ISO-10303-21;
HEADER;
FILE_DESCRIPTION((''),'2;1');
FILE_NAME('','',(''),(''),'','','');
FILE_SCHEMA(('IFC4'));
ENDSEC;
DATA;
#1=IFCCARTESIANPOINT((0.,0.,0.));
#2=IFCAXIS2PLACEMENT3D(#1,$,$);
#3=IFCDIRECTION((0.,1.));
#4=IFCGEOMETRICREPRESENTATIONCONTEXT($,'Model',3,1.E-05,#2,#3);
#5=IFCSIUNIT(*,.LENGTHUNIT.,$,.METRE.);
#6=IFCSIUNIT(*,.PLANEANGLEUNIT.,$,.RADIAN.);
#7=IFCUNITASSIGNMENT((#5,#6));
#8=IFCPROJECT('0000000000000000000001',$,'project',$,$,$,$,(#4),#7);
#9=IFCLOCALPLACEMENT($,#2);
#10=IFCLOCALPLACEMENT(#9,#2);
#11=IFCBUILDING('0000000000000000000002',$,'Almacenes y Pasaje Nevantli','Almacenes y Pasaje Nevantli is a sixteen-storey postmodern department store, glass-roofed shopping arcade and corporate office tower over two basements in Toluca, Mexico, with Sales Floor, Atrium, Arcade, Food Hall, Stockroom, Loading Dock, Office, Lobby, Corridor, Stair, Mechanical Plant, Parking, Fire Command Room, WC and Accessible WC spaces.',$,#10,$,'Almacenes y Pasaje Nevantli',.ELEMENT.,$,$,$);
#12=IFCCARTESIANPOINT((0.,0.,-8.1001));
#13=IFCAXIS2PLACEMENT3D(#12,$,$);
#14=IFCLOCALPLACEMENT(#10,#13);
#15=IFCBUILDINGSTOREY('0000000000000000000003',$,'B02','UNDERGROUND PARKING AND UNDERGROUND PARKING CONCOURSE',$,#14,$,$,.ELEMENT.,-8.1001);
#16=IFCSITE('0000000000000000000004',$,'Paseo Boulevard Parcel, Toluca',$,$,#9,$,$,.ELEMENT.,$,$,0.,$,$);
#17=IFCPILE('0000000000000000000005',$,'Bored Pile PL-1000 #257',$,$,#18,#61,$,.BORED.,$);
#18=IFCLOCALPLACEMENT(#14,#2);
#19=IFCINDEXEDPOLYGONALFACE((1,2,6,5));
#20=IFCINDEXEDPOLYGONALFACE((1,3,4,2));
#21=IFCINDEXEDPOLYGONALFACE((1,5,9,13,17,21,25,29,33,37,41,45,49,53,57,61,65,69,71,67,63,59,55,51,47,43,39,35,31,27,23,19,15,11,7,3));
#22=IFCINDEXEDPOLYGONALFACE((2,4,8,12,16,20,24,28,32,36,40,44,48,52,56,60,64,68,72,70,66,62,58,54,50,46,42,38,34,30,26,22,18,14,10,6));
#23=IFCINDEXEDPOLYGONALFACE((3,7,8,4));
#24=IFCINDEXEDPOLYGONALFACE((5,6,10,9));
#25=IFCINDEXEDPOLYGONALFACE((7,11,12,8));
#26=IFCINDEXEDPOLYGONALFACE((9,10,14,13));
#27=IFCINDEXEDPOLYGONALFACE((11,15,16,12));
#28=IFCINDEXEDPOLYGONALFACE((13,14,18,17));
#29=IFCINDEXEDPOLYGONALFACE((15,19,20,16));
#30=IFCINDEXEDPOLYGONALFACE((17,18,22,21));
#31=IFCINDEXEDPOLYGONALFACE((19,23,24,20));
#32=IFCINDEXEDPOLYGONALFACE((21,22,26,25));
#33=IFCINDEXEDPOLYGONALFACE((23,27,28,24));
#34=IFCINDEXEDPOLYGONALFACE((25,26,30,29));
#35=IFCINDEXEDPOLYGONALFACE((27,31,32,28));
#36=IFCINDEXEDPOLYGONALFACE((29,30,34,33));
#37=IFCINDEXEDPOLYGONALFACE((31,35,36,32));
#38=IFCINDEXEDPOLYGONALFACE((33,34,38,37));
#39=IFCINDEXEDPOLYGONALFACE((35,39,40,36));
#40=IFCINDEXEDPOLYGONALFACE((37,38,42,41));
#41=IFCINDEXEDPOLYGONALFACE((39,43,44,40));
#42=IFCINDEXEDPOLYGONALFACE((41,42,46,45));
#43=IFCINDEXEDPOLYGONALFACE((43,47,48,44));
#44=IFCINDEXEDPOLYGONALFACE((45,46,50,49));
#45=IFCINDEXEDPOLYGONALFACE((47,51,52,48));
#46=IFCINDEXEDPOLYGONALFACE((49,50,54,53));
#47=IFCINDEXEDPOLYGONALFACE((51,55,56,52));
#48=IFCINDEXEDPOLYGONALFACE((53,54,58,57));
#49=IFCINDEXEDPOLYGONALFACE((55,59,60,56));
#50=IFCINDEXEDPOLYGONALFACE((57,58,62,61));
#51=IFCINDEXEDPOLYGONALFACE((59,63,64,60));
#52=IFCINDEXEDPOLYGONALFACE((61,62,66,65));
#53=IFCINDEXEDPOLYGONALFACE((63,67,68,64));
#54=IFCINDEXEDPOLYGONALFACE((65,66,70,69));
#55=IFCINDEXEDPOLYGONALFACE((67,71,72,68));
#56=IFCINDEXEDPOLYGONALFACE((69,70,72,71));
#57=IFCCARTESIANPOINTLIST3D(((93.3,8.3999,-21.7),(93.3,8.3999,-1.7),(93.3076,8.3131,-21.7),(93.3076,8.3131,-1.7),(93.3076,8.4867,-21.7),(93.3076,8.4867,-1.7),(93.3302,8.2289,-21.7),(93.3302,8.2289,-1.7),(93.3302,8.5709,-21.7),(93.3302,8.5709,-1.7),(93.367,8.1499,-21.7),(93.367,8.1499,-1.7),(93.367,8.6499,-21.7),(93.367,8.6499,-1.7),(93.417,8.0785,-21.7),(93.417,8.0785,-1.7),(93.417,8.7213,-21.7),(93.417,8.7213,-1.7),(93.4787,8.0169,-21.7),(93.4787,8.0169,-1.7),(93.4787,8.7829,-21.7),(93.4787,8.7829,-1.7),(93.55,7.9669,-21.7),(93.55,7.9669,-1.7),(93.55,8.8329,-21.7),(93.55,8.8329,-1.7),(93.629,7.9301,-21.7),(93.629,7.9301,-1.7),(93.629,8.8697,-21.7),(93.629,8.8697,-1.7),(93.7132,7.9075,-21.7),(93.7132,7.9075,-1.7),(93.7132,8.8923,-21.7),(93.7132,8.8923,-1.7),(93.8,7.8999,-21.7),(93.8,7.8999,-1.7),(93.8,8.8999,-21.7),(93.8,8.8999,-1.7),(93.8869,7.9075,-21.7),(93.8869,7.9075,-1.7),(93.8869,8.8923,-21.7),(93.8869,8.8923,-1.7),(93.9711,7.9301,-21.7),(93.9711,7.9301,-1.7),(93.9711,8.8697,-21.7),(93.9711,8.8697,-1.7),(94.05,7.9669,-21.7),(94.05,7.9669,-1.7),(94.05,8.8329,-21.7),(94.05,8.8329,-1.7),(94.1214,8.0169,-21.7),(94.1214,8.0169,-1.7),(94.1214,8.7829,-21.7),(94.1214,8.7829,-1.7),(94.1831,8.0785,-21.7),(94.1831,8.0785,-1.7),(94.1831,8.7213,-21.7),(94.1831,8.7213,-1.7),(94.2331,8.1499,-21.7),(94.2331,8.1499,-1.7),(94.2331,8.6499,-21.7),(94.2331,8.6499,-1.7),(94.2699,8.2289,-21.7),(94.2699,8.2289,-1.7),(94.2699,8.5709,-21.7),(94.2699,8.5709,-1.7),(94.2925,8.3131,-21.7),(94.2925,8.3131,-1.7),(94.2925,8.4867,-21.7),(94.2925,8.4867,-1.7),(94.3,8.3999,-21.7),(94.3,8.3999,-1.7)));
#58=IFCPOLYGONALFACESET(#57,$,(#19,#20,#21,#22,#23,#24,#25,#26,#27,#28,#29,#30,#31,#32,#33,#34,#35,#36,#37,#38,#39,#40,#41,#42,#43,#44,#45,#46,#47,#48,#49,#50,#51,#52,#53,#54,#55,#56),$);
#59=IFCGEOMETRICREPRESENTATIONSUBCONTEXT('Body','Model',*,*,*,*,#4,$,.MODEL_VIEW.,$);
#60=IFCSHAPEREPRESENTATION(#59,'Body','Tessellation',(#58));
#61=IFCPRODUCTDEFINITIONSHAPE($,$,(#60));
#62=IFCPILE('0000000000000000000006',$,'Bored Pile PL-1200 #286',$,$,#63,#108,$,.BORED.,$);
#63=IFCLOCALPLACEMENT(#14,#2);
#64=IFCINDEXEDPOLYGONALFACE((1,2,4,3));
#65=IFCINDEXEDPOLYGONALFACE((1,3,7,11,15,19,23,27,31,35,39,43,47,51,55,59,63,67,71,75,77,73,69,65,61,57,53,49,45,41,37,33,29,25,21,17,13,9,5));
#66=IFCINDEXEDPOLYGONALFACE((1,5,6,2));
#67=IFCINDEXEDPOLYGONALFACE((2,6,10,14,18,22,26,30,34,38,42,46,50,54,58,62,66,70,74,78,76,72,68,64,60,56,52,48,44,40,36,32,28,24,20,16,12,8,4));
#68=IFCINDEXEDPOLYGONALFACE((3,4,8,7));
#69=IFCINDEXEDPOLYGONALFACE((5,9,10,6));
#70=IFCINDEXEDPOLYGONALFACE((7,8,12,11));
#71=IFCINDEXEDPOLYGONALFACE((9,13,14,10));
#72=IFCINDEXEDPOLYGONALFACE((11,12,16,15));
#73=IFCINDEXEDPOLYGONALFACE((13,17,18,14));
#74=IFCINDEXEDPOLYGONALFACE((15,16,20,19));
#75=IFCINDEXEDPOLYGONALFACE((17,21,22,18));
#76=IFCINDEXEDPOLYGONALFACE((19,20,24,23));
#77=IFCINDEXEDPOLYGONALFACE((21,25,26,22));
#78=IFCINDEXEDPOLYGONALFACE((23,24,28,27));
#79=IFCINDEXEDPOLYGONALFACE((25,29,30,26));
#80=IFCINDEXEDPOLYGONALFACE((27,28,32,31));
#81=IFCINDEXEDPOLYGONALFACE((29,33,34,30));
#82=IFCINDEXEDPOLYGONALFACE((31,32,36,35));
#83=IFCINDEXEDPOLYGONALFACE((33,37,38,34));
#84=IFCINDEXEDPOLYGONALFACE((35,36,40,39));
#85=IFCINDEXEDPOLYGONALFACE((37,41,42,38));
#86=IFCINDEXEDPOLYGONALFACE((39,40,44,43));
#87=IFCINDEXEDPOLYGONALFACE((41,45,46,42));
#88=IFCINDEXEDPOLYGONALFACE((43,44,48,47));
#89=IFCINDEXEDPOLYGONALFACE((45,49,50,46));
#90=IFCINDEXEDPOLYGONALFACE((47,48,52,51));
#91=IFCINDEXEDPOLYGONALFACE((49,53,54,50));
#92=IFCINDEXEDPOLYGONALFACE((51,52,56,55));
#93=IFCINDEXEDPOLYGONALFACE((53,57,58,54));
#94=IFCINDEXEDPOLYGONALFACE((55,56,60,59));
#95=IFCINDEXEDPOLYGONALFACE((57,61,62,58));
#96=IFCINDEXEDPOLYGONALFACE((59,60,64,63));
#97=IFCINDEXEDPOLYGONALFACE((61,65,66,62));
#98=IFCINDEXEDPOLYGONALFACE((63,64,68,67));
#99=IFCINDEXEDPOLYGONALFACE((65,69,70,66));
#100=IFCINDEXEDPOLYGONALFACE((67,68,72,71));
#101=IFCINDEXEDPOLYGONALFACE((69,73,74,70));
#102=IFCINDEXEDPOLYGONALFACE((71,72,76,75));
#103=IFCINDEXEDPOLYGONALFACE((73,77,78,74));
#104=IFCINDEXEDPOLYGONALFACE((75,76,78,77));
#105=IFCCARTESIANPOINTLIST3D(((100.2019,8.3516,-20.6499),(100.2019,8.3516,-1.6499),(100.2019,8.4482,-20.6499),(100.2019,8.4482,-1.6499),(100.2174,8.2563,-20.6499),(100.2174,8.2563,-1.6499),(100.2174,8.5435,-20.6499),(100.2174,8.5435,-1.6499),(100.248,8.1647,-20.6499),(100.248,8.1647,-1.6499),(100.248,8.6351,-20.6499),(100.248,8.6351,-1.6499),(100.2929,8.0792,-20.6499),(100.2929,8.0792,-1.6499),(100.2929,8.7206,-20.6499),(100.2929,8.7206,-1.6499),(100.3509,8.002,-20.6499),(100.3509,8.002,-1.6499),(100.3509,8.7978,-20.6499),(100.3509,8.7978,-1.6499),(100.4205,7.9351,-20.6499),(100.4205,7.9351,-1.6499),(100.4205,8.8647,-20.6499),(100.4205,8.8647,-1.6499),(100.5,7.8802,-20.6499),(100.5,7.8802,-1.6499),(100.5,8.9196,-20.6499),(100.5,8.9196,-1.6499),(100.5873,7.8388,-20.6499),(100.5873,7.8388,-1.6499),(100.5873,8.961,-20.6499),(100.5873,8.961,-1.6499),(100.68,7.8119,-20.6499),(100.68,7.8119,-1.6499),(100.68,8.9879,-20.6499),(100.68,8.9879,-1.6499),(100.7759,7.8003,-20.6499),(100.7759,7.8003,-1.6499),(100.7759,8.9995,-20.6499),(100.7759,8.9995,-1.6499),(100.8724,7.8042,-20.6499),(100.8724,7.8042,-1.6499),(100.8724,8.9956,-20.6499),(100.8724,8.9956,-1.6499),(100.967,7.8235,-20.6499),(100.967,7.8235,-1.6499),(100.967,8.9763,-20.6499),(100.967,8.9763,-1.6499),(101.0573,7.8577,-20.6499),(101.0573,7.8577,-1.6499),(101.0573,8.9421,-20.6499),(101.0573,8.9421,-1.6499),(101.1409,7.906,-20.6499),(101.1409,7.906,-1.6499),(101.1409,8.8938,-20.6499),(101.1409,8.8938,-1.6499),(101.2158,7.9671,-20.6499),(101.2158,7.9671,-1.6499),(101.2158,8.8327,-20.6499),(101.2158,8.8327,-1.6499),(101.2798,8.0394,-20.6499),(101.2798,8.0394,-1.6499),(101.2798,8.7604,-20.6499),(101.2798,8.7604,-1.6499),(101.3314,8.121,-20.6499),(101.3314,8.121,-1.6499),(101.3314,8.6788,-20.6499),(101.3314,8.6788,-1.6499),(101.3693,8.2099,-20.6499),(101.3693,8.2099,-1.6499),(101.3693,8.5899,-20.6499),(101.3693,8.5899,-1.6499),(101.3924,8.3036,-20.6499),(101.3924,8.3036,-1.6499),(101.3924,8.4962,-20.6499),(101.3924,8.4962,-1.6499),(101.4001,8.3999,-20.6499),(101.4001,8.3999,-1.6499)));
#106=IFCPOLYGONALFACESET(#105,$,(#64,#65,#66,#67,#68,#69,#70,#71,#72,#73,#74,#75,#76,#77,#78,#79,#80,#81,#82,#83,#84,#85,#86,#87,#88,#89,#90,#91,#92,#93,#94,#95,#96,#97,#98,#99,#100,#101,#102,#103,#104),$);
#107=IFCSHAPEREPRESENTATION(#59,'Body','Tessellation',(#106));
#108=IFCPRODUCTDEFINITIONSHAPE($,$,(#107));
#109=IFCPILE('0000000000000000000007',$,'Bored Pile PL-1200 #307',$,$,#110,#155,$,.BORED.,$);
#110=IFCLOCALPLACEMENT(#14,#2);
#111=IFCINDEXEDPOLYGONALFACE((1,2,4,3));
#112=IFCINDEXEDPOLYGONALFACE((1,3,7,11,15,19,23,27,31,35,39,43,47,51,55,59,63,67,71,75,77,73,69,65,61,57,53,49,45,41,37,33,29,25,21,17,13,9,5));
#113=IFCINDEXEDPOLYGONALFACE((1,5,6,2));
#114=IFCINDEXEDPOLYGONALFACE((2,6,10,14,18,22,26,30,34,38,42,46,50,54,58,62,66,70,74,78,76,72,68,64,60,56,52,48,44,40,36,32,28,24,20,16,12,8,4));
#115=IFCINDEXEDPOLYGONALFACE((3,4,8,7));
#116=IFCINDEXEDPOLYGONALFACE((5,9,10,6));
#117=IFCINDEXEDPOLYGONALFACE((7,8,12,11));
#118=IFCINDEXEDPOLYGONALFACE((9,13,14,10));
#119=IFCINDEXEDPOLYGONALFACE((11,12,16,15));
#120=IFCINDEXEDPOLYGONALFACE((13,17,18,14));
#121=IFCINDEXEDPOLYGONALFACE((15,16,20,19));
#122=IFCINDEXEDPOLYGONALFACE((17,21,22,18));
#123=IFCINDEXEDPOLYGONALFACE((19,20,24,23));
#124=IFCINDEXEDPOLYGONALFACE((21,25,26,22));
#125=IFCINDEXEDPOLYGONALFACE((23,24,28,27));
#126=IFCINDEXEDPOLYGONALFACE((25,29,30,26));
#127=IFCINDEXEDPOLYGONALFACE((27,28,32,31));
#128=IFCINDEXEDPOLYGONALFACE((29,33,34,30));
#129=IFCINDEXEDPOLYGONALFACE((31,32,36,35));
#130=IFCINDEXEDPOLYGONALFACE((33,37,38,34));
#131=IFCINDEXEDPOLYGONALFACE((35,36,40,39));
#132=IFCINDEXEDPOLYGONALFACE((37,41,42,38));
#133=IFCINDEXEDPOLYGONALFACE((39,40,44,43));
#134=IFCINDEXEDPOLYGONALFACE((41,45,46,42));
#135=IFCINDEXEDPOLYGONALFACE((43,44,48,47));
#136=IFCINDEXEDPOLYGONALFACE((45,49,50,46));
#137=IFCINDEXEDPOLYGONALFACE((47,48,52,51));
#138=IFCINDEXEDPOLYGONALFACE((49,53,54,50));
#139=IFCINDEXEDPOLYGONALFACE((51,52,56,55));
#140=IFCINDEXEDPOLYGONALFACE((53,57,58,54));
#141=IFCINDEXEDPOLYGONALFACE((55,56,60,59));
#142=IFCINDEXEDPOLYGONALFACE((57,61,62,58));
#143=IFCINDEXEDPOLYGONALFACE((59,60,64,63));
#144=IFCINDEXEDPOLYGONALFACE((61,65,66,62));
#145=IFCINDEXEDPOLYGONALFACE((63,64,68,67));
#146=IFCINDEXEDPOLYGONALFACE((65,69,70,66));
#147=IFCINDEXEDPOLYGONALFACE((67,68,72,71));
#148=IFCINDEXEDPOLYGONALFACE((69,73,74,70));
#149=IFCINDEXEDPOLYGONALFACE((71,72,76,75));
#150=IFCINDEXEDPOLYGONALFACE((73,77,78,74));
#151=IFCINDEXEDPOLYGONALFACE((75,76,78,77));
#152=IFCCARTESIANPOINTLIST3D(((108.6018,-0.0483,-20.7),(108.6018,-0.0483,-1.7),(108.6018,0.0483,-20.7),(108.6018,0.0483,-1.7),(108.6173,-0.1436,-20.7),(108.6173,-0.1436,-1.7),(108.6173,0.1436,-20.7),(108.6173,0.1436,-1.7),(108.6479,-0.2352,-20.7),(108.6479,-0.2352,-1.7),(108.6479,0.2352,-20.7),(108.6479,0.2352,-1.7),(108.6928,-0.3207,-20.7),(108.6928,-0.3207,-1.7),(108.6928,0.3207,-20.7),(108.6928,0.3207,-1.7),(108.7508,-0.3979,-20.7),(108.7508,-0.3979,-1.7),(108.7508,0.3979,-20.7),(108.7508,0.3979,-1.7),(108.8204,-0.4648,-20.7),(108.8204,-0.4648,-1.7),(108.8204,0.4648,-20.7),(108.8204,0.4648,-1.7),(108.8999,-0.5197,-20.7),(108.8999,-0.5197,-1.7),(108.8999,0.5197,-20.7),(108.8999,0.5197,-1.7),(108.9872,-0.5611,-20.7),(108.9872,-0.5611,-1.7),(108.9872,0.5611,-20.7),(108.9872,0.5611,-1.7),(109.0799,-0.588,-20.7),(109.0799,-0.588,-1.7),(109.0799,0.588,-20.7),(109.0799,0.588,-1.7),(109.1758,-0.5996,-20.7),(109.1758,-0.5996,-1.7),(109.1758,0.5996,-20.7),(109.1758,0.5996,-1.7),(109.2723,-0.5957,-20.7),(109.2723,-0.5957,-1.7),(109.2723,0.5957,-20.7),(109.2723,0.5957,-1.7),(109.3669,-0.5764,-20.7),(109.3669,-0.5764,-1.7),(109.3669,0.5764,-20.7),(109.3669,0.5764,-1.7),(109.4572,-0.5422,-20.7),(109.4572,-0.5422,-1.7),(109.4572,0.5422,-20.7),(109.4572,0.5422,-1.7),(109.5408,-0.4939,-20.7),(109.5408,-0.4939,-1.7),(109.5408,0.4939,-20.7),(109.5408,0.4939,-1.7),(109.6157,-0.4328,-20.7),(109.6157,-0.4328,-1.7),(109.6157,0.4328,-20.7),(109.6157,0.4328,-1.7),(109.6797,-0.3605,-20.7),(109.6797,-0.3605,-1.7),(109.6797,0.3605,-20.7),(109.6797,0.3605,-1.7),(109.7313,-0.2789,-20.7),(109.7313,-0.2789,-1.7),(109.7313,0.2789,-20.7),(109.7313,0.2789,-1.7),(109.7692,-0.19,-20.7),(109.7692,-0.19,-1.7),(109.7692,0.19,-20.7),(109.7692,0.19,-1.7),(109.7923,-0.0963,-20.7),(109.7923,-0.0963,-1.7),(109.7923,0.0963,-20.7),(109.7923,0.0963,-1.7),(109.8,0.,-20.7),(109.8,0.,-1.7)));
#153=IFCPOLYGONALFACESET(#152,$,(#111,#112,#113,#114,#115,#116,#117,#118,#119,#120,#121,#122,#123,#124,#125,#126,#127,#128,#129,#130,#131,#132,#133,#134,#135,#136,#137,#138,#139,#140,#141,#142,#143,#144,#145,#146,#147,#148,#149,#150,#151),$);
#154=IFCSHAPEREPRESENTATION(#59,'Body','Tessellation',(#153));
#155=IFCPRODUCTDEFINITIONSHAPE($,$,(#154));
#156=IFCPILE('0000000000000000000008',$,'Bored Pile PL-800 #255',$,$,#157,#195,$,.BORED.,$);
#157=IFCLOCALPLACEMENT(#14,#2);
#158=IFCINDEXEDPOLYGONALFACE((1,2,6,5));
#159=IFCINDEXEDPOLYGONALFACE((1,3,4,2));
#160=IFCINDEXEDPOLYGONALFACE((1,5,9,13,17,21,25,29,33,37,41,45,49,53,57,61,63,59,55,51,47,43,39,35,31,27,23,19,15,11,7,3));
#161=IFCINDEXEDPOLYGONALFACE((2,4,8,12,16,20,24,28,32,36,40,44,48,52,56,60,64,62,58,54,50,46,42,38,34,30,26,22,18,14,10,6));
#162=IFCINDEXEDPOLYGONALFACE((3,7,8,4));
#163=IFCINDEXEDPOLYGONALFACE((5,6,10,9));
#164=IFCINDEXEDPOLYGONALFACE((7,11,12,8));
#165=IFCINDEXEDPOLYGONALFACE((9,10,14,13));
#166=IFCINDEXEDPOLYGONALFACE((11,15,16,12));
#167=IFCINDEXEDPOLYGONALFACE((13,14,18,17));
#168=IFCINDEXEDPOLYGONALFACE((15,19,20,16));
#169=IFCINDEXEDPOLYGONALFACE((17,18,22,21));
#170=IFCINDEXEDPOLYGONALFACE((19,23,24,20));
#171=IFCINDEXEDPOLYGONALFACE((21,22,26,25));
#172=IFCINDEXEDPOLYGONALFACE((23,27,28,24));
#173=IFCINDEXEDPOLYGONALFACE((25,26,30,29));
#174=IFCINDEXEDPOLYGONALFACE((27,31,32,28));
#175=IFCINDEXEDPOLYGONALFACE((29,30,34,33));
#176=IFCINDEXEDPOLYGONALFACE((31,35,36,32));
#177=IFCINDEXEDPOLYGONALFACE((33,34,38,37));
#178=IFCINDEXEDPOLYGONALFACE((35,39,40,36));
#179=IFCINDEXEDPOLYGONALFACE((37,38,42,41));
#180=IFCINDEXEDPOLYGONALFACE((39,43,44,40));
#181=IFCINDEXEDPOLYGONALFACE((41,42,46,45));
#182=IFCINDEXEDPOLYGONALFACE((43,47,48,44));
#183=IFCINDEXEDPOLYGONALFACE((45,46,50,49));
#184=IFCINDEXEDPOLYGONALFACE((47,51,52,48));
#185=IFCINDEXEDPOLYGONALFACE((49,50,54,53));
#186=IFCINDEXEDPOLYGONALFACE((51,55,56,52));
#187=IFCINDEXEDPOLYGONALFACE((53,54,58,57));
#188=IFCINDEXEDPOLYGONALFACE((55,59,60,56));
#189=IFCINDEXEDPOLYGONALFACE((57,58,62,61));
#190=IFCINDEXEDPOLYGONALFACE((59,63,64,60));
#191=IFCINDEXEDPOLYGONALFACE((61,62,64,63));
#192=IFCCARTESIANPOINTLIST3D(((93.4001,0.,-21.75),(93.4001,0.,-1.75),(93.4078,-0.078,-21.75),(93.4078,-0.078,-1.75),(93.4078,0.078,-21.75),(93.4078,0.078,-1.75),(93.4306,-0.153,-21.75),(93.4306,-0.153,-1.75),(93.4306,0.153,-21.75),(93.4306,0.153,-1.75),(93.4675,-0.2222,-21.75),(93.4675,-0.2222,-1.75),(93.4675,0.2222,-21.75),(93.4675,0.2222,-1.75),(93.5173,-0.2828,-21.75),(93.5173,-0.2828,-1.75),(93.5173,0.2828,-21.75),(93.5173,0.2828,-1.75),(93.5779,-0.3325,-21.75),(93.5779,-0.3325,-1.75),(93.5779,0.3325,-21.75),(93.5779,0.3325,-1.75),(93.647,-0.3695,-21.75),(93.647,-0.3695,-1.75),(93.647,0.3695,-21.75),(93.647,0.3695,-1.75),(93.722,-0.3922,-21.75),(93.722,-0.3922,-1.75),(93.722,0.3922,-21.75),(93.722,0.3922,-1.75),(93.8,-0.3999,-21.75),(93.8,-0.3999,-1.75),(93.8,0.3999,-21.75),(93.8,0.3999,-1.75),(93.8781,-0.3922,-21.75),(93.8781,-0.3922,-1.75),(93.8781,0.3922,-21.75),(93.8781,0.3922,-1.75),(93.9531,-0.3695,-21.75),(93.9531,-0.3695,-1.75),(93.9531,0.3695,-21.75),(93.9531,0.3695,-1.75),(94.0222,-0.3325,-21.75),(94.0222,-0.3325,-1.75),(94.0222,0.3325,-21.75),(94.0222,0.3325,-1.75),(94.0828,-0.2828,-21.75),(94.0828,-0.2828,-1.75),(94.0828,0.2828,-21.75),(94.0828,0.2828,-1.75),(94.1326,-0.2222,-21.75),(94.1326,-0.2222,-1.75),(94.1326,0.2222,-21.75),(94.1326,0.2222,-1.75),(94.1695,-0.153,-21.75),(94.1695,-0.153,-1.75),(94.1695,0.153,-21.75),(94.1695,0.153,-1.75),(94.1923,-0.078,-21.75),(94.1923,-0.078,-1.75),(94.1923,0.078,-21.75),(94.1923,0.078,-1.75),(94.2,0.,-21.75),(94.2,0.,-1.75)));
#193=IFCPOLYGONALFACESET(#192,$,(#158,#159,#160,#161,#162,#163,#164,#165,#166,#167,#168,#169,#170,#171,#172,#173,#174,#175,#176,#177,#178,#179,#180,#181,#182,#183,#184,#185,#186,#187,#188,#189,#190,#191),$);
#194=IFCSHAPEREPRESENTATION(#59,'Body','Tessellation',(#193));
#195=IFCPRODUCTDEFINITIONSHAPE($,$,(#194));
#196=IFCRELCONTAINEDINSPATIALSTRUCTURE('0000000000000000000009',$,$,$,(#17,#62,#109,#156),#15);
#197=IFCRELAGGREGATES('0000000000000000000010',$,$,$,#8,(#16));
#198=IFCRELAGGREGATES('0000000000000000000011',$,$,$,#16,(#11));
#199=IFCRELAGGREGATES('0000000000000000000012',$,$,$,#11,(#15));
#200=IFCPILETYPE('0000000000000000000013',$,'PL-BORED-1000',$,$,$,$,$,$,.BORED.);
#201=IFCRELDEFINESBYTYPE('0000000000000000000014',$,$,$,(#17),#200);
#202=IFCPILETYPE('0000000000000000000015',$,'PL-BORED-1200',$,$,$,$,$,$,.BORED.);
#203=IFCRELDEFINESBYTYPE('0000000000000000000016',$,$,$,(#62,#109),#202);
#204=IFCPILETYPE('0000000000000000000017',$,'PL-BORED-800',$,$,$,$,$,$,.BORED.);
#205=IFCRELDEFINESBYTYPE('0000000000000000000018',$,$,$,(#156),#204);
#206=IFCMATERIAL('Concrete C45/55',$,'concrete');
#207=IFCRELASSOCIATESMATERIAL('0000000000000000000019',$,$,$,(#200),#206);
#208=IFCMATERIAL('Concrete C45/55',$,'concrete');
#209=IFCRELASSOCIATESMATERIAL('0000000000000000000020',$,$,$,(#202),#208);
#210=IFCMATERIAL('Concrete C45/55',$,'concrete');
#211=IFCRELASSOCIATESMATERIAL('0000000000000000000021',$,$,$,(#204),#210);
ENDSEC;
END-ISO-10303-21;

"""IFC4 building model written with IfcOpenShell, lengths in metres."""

from ifc_helpers import new_model, si_unit, direction, frame, origin, origin_2d, place, context, subcontext, project, spatial, circle, extrude, material, material_profile, profile_set, type_object, element, save


model = new_model("IFC4")

# Units and contexts
model_context = context("Model", 3, precision=1e-05, world=origin(), true_north=direction((0.0, 1.0)))
body_context = subcontext(model_context, "Body", "Model", "MODEL_VIEW")
ifc_project = project(units=[si_unit("LENGTHUNIT", "METRE"), si_unit("PLANEANGLEUNIT", "RADIAN")], contexts=[model_context])

# Site, building, storey
site_placement = place(None, origin())
site = spatial("IfcSite", under=ifc_project, at=site_placement, Name="Paseo Boulevard Parcel, Toluca", CompositionType="ELEMENT", RefElevation=0.0)
building_placement = place(site_placement, origin())
building = spatial("IfcBuilding", under=site, at=building_placement, Name="Almacenes y Pasaje Nevantli", Description="Almacenes y Pasaje Nevantli is a sixteen-storey postmodern department store, glass-roofed shopping arcade and corporate office tower over two basements in Toluca, Mexico, with Sales Floor, Atrium, Arcade, Food Hall, Stockroom, Loading Dock, Office, Lobby, Corridor, Stair, Mechanical Plant, Parking, Fire Command Room, WC and Accessible WC spaces.", LongName="Almacenes y Pasaje Nevantli", CompositionType="ELEMENT")
storey_placement = place(building_placement, frame((0.0, 0.0, -8.1001)))
storey = spatial("IfcBuildingStorey", under=building, at=storey_placement, Name="B02", Description="UNDERGROUND PARKING AND UNDERGROUND PARKING CONCOURSE", CompositionType="ELEMENT", Elevation=-8.1001)

# Piles
ifc_material_1 = material(Name="Concrete C45/55", Category="concrete")
ifc_material_profile_1 = material_profile(ifc_material_1, circle(Radius=0.5, at=origin_2d()), Name="RC-PILE-D1000")
ifc_profile_set_1 = profile_set([ifc_material_profile_1], Name="Concrete C45/55")
pile_type_1 = type_object("IfcPileType", Name="PL-BORED-1000", PredefinedType="BORED", material=ifc_profile_set_1)
for number, where, z_axis, x_axis, name in (
    (1, (93.8, 8.3999, -1.7), (0.0, 0.0, -1.0), (1.0, 0.0, 0.0), "Bored Pile PL-1000 #257"),
):
    element("IfcPile", number, at=place(storey_placement, frame(where, z_axis=z_axis, x_axis=x_axis)), inside=storey, type_object=pile_type_1, Name=name, PredefinedType="BORED", context=body_context, shape_type="SweptSolid", body=[
        extrude(circle(Radius=0.5, at=origin_2d()), origin(), (0.0, 0.0, 1.0), 20.0),
    ])
ifc_material_2 = material(Name="Concrete C45/55", Category="concrete")
ifc_material_profile_2 = material_profile(ifc_material_2, circle(Radius=0.6001, at=origin_2d()), Name="RC-PILE-D1200")
ifc_profile_set_2 = profile_set([ifc_material_profile_2], Name="Concrete C45/55")
pile_type_2 = type_object("IfcPileType", Name="PL-BORED-1200", PredefinedType="BORED", material=ifc_profile_set_2)
for number, where, z_axis, x_axis, name in (
    (2, (100.8, 8.3999, -1.6499), (0.0, 0.0, -1.0), (1.0, 0.0, 0.0), "Bored Pile PL-1200 #286"),
    (3, (109.2, 0.0, -1.7), (0.0, 0.0, -1.0), (1.0, 0.0, 0.0), "Bored Pile PL-1200 #307"),
):
    element("IfcPile", number, at=place(storey_placement, frame(where, z_axis=z_axis, x_axis=x_axis)), inside=storey, type_object=pile_type_2, Name=name, PredefinedType="BORED", context=body_context, shape_type="SweptSolid", body=[
        extrude(circle(Radius=0.6001, at=origin_2d()), origin(), (0.0, 0.0, 1.0), 19.0),
    ])
ifc_material_3 = material(Name="Concrete C45/55", Category="concrete")
ifc_material_profile_3 = material_profile(ifc_material_3, circle(Radius=0.3999, at=origin_2d()), Name="RC-PILE-D800")
ifc_profile_set_3 = profile_set([ifc_material_profile_3], Name="Concrete C45/55")
pile_type_3 = type_object("IfcPileType", Name="PL-BORED-800", PredefinedType="BORED", material=ifc_profile_set_3)
for number, where, z_axis, x_axis, name in (
    (4, (93.8, 0.0, -1.75), (0.0, 0.0, -1.0), (1.0, 0.0, 0.0), "Bored Pile PL-800 #255"),
):
    element("IfcPile", number, at=place(storey_placement, frame(where, z_axis=z_axis, x_axis=x_axis)), inside=storey, type_object=pile_type_3, Name=name, PredefinedType="BORED", context=body_context, shape_type="SweptSolid", body=[
        extrude(circle(Radius=0.3999, at=origin_2d()), origin(), (0.0, 0.0, 1.0), 20.0),
    ])

save(model, "model.ifc")
